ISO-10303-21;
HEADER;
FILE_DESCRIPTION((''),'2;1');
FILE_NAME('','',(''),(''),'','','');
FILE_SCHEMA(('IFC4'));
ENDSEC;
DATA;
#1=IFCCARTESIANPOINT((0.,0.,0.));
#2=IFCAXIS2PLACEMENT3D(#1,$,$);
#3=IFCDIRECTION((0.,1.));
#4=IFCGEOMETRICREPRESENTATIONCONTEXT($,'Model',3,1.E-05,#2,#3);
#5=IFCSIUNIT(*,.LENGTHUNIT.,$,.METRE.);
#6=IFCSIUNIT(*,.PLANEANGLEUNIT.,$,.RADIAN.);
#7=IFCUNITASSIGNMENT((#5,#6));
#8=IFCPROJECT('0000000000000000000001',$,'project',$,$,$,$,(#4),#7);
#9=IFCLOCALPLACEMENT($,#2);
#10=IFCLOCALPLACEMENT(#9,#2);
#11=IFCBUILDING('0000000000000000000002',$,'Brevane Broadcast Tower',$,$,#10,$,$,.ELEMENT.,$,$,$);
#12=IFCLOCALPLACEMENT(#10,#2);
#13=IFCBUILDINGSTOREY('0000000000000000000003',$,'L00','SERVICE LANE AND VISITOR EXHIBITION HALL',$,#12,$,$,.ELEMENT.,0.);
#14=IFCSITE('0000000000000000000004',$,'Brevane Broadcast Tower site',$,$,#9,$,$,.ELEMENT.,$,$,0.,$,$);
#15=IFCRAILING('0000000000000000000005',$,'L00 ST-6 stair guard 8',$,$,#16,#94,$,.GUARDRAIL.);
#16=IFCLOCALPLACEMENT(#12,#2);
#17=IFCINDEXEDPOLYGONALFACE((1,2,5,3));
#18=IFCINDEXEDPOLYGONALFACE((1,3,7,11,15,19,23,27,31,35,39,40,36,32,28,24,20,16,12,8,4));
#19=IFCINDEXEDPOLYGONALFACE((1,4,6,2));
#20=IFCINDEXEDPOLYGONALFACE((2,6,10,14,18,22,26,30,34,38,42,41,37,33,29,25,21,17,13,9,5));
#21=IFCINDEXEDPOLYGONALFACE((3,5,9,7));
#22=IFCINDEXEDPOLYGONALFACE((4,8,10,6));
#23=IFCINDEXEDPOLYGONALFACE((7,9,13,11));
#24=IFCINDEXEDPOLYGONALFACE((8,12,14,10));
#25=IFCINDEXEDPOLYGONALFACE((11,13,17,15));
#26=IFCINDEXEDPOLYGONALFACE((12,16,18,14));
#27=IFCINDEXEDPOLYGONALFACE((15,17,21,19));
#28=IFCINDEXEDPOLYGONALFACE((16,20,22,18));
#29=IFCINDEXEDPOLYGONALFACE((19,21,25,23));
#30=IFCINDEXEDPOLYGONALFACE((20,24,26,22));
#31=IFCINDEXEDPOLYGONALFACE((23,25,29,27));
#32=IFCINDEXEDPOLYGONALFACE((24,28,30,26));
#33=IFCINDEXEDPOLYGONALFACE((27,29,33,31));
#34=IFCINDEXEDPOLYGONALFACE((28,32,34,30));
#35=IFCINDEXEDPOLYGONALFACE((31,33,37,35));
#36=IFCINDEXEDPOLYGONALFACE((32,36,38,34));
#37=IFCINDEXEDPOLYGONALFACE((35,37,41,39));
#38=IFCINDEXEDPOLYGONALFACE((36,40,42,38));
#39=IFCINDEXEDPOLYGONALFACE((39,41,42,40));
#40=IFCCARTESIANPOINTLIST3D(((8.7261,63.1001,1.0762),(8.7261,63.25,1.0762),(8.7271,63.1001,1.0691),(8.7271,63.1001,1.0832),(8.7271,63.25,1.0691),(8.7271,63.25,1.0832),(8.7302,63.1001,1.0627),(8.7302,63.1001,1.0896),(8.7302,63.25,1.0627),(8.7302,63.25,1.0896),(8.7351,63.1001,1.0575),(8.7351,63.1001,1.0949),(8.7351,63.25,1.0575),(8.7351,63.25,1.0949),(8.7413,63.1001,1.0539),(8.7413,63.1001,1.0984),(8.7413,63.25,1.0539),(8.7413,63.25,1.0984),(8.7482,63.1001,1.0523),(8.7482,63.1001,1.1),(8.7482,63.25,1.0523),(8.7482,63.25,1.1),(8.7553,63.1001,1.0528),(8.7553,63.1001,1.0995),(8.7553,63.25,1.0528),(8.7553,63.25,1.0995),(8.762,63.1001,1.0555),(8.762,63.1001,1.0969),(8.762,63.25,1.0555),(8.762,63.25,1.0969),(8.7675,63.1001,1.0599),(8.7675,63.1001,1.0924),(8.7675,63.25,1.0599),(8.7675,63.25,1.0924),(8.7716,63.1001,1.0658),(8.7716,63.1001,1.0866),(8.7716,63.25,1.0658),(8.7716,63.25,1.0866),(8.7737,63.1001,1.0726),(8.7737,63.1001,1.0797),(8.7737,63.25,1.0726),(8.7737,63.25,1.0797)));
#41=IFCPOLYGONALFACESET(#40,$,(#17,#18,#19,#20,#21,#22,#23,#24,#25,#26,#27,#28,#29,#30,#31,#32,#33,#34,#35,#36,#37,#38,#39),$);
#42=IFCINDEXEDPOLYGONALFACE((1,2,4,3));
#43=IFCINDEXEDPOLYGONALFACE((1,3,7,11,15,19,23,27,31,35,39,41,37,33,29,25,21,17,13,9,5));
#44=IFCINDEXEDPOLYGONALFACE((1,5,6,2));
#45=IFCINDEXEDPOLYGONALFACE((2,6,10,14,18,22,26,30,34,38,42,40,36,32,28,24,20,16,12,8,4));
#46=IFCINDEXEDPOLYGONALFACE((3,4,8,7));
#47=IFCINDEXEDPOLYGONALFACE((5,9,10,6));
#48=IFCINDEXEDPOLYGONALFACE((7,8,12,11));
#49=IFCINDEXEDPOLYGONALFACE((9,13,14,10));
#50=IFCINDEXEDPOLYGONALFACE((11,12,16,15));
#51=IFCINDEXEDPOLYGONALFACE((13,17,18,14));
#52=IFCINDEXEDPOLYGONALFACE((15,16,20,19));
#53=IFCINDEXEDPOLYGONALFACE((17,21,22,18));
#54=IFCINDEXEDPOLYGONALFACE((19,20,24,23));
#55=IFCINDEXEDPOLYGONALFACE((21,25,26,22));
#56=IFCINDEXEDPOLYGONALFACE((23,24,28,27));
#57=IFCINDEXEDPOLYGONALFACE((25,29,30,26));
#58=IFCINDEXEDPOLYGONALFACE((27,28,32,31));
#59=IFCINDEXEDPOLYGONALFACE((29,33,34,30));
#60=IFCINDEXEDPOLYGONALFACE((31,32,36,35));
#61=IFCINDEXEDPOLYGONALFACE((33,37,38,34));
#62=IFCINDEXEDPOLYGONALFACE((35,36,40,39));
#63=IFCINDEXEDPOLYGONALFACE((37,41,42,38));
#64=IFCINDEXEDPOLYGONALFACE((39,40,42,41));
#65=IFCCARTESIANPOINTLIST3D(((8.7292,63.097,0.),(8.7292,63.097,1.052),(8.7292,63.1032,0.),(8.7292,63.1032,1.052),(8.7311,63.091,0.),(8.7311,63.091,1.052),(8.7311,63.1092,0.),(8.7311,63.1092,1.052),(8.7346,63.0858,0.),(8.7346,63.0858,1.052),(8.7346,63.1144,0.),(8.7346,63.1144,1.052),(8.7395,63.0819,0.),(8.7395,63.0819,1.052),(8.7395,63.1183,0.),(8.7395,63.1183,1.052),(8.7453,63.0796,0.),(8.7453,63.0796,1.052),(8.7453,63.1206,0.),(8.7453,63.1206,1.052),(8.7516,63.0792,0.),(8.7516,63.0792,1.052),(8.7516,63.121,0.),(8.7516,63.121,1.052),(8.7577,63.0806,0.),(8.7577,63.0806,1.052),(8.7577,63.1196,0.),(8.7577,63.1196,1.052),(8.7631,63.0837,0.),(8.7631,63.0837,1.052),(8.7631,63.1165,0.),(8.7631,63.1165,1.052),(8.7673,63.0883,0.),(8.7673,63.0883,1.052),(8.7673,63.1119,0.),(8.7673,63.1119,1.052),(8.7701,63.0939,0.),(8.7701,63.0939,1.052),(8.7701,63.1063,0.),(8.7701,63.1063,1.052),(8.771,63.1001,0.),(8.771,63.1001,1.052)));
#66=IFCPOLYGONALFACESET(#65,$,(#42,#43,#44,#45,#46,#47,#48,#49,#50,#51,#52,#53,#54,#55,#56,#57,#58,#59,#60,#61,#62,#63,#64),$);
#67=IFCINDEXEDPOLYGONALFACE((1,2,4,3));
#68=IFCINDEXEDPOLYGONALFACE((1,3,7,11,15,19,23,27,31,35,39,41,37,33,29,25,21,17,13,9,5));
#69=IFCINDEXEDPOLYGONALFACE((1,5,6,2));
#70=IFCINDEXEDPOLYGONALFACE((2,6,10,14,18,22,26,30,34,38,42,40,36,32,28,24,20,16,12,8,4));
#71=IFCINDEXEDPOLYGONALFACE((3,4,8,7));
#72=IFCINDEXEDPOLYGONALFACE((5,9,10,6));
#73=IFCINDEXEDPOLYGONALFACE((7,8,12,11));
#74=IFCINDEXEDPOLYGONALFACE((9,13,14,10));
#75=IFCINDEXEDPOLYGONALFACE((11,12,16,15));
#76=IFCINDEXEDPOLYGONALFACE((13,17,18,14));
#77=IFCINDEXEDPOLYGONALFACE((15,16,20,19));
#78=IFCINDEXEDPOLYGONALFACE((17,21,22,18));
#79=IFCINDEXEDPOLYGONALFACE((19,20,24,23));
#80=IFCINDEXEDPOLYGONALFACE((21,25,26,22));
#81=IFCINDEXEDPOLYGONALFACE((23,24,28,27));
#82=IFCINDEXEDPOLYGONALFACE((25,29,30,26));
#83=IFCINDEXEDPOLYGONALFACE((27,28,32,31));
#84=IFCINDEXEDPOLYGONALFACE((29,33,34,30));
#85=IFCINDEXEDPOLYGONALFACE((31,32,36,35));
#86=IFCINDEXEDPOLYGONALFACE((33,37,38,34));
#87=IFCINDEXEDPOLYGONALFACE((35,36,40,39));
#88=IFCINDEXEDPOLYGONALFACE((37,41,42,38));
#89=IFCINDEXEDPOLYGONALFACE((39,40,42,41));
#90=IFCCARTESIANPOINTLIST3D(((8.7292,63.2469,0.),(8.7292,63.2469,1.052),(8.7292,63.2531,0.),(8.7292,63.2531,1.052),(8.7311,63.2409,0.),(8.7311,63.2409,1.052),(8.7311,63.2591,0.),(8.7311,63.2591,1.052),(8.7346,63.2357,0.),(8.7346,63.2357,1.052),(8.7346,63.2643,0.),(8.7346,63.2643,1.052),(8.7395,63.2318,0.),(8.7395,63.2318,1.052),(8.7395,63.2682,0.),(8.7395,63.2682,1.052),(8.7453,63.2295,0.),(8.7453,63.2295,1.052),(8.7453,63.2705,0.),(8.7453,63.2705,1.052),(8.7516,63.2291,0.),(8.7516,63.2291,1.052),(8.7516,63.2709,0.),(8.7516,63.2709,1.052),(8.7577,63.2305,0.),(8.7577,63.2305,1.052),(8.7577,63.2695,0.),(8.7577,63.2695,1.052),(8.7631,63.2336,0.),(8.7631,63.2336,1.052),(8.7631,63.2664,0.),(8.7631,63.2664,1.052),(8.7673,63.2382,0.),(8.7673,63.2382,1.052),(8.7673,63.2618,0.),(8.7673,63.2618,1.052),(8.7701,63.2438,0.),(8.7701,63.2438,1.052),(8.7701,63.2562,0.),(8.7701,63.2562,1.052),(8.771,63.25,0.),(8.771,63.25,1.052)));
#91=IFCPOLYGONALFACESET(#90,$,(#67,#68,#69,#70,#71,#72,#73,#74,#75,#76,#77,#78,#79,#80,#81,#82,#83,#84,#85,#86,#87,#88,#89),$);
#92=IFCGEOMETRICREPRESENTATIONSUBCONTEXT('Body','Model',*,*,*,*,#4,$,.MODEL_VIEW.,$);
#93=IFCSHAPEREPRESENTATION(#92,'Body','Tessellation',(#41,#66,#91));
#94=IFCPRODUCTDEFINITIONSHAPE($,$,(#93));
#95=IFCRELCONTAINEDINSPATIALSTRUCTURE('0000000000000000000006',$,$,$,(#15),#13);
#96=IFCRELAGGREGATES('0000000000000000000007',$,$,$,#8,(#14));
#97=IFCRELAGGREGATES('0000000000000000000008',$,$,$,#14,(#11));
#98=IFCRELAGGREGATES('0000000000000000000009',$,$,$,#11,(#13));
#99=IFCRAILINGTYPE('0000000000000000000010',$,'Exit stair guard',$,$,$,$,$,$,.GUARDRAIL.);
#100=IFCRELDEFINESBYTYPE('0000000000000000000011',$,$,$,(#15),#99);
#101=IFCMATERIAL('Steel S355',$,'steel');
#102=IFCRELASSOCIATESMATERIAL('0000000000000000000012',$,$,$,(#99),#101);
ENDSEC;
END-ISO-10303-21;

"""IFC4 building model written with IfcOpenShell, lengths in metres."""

from ifc_helpers import new_model, si_unit, direction, frame, origin, origin_2d, place, context, subcontext, project, spatial, circle, extrude, material, type_object, element, save


model = new_model("IFC4")

# Units and contexts
model_context = context("Model", 3, precision=1e-05, world=origin(), true_north=direction((0.0, 1.0)))
body_context = subcontext(model_context, "Body", "Model", "MODEL_VIEW")
ifc_project = project(units=[si_unit("LENGTHUNIT", "METRE"), si_unit("PLANEANGLEUNIT", "RADIAN")], contexts=[model_context])

# Site, building, storey
site_placement = place(None, origin())
site = spatial("IfcSite", under=ifc_project, at=site_placement, Name="Brevane Broadcast Tower site", CompositionType="ELEMENT", RefElevation=0.0)
building_placement = place(site_placement, origin())
building = spatial("IfcBuilding", under=site, at=building_placement, Name="Brevane Broadcast Tower", CompositionType="ELEMENT")
storey_placement = place(building_placement, origin())
storey = spatial("IfcBuildingStorey", under=building, at=storey_placement, Name="L00", Description="SERVICE LANE AND VISITOR EXHIBITION HALL", CompositionType="ELEMENT", Elevation=0.0)

# Railing
ifc_material_1 = material(Name="Steel S355", Category="steel")
railing_type = type_object("IfcRailingType", Name="Exit stair guard", PredefinedType="GUARDRAIL", material=ifc_material_1)
for number, where, name in (
    (1, (8.75, 63.1001, 0.0), "L00 ST-6 stair guard 8"),
):
    element("IfcRailing", number, at=place(storey_placement, frame(where)), inside=storey, type_object=railing_type, Name=name, PredefinedType="GUARDRAIL", context=body_context, shape_type="SweptSolid", body=[
        extrude(circle(Radius=0.0239, at=origin_2d()), frame((0.0, 0.0, 1.0762), z_axis=(0.0, 1.0, 0.0), x_axis=(-1.0, 0.0, 0.0)), (0.0, 0.0, 1.0), 0.1499),
        extrude(circle(Radius=0.021, at=origin_2d()), origin(), (0.0, 0.0, 1.0), 1.052),
        extrude(circle(Radius=0.021, at=origin_2d()), frame((0.0, 0.1499, 0.0)), (0.0, 0.0, 1.0), 1.052),
    ])

save(model, "model.ifc")
